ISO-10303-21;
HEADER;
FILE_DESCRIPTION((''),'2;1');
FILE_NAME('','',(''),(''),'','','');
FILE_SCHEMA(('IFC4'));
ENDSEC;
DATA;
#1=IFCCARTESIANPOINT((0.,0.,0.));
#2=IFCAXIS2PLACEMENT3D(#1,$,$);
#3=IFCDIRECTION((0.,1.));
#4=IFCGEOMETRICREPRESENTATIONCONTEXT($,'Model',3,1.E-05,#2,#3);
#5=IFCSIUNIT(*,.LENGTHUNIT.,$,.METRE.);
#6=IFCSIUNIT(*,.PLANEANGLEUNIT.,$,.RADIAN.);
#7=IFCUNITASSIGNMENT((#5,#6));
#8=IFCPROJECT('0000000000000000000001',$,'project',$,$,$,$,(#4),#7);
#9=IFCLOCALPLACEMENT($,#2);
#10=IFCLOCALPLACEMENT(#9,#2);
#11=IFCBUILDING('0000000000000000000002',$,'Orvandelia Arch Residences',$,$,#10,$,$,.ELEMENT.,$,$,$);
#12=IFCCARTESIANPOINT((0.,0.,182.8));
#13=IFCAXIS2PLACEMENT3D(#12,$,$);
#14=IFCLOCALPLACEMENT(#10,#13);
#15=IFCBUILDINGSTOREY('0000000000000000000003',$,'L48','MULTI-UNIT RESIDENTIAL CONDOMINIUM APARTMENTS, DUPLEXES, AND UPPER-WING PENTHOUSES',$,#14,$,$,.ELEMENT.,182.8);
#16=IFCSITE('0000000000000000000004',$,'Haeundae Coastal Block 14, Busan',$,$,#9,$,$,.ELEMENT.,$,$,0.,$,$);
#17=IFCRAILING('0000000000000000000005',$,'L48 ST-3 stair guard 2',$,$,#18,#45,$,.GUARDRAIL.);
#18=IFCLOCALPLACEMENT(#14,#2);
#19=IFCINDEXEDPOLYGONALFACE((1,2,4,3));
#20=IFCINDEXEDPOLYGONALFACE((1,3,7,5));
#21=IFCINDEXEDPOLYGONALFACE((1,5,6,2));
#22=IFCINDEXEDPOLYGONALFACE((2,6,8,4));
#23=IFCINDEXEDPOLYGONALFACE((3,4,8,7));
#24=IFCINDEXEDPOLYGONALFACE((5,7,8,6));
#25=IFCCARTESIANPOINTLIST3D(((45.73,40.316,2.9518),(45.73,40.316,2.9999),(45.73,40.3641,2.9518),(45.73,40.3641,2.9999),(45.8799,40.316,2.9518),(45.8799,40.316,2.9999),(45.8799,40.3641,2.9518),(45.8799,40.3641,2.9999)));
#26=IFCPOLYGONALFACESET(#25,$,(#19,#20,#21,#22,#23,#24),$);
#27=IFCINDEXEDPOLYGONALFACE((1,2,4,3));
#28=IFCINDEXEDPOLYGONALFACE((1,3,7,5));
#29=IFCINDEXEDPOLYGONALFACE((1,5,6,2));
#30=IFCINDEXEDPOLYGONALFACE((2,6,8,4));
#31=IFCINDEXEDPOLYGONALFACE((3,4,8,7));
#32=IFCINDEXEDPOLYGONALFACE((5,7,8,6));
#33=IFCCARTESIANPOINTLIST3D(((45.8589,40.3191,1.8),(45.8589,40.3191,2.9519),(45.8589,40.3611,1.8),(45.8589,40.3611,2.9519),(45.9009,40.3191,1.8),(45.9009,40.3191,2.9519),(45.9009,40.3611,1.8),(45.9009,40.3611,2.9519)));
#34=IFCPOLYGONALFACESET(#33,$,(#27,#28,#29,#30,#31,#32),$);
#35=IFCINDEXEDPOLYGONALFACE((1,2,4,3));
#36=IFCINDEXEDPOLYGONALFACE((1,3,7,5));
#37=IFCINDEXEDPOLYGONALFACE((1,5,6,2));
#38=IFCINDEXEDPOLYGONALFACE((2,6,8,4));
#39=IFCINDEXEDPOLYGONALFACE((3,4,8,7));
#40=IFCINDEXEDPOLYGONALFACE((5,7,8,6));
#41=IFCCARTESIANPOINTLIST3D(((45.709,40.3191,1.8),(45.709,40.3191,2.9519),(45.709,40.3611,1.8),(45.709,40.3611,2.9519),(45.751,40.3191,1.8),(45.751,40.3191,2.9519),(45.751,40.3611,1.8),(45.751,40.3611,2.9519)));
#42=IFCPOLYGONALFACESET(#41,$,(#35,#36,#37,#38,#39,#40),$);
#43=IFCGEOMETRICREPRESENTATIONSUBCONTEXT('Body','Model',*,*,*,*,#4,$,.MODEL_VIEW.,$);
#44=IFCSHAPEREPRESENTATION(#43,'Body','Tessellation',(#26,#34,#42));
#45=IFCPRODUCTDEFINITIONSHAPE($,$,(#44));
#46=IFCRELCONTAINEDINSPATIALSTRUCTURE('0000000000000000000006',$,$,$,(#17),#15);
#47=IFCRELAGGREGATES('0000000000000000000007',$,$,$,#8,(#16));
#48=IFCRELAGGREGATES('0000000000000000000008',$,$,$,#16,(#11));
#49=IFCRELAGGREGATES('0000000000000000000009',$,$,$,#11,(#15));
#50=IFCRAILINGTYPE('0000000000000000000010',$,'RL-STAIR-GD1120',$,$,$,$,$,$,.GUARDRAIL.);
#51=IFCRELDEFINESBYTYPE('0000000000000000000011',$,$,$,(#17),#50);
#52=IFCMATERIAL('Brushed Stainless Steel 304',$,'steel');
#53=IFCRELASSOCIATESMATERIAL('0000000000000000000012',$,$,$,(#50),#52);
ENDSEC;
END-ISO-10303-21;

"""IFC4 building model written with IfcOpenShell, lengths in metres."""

from ifc_helpers import new_model, si_unit, direction, frame, origin, origin_2d, place, context, subcontext, project, spatial, rectangle, extrude, material, type_object, element, save


model = new_model("IFC4")

# Units and contexts
model_context = context("Model", 3, precision=1e-05, world=origin(), true_north=direction((0.0, 1.0)))
body_context = subcontext(model_context, "Body", "Model", "MODEL_VIEW")
ifc_project = project(units=[si_unit("LENGTHUNIT", "METRE"), si_unit("PLANEANGLEUNIT", "RADIAN")], contexts=[model_context])

# Site, building, storey
site_placement = place(None, origin())
site = spatial("IfcSite", under=ifc_project, at=site_placement, Name="Haeundae Coastal Block 14, Busan", CompositionType="ELEMENT", RefElevation=0.0)
building_placement = place(site_placement, origin())
building = spatial("IfcBuilding", under=site, at=building_placement, Name="Orvandelia Arch Residences", CompositionType="ELEMENT")
storey_placement = place(building_placement, frame((0.0, 0.0, 182.8)))
storey = spatial("IfcBuildingStorey", under=building, at=storey_placement, Name="L48", Description="MULTI-UNIT RESIDENTIAL CONDOMINIUM APARTMENTS, DUPLEXES, AND UPPER-WING PENTHOUSES", CompositionType="ELEMENT", Elevation=182.8)

# Railing
ifc_material_1 = material(Name="Brushed Stainless Steel 304", Category="steel")
railing_type = type_object("IfcRailingType", Name="RL-STAIR-GD1120", PredefinedType="GUARDRAIL", material=ifc_material_1)
railing_placement = place(storey_placement, frame((45.8799, 40.3401, 1.8)))
element("IfcRailing", 1, at=railing_placement, inside=storey, type_object=railing_type, Name="L48 ST-3 stair guard 2", PredefinedType="GUARDRAIL", context=body_context, shape_type="SweptSolid", body=[
    extrude(rectangle(XDim=0.0481, YDim=0.0481, at=origin_2d()), frame((0.0, 0.0, 1.1758), z_axis=(-1.0, 0.0, 0.0), x_axis=(0.0, -1.0, 0.0)), (0.0, 0.0, 1.0), 0.1499),
    extrude(rectangle(XDim=0.042, YDim=0.042, at=origin_2d()), origin(), (0.0, 0.0, 1.0), 1.1519),
    extrude(rectangle(XDim=0.042, YDim=0.042, at=origin_2d()), frame((-0.1499, 0.0, 0.0)), (0.0, 0.0, 1.0), 1.1519),
])

save(model, "model.ifc")
